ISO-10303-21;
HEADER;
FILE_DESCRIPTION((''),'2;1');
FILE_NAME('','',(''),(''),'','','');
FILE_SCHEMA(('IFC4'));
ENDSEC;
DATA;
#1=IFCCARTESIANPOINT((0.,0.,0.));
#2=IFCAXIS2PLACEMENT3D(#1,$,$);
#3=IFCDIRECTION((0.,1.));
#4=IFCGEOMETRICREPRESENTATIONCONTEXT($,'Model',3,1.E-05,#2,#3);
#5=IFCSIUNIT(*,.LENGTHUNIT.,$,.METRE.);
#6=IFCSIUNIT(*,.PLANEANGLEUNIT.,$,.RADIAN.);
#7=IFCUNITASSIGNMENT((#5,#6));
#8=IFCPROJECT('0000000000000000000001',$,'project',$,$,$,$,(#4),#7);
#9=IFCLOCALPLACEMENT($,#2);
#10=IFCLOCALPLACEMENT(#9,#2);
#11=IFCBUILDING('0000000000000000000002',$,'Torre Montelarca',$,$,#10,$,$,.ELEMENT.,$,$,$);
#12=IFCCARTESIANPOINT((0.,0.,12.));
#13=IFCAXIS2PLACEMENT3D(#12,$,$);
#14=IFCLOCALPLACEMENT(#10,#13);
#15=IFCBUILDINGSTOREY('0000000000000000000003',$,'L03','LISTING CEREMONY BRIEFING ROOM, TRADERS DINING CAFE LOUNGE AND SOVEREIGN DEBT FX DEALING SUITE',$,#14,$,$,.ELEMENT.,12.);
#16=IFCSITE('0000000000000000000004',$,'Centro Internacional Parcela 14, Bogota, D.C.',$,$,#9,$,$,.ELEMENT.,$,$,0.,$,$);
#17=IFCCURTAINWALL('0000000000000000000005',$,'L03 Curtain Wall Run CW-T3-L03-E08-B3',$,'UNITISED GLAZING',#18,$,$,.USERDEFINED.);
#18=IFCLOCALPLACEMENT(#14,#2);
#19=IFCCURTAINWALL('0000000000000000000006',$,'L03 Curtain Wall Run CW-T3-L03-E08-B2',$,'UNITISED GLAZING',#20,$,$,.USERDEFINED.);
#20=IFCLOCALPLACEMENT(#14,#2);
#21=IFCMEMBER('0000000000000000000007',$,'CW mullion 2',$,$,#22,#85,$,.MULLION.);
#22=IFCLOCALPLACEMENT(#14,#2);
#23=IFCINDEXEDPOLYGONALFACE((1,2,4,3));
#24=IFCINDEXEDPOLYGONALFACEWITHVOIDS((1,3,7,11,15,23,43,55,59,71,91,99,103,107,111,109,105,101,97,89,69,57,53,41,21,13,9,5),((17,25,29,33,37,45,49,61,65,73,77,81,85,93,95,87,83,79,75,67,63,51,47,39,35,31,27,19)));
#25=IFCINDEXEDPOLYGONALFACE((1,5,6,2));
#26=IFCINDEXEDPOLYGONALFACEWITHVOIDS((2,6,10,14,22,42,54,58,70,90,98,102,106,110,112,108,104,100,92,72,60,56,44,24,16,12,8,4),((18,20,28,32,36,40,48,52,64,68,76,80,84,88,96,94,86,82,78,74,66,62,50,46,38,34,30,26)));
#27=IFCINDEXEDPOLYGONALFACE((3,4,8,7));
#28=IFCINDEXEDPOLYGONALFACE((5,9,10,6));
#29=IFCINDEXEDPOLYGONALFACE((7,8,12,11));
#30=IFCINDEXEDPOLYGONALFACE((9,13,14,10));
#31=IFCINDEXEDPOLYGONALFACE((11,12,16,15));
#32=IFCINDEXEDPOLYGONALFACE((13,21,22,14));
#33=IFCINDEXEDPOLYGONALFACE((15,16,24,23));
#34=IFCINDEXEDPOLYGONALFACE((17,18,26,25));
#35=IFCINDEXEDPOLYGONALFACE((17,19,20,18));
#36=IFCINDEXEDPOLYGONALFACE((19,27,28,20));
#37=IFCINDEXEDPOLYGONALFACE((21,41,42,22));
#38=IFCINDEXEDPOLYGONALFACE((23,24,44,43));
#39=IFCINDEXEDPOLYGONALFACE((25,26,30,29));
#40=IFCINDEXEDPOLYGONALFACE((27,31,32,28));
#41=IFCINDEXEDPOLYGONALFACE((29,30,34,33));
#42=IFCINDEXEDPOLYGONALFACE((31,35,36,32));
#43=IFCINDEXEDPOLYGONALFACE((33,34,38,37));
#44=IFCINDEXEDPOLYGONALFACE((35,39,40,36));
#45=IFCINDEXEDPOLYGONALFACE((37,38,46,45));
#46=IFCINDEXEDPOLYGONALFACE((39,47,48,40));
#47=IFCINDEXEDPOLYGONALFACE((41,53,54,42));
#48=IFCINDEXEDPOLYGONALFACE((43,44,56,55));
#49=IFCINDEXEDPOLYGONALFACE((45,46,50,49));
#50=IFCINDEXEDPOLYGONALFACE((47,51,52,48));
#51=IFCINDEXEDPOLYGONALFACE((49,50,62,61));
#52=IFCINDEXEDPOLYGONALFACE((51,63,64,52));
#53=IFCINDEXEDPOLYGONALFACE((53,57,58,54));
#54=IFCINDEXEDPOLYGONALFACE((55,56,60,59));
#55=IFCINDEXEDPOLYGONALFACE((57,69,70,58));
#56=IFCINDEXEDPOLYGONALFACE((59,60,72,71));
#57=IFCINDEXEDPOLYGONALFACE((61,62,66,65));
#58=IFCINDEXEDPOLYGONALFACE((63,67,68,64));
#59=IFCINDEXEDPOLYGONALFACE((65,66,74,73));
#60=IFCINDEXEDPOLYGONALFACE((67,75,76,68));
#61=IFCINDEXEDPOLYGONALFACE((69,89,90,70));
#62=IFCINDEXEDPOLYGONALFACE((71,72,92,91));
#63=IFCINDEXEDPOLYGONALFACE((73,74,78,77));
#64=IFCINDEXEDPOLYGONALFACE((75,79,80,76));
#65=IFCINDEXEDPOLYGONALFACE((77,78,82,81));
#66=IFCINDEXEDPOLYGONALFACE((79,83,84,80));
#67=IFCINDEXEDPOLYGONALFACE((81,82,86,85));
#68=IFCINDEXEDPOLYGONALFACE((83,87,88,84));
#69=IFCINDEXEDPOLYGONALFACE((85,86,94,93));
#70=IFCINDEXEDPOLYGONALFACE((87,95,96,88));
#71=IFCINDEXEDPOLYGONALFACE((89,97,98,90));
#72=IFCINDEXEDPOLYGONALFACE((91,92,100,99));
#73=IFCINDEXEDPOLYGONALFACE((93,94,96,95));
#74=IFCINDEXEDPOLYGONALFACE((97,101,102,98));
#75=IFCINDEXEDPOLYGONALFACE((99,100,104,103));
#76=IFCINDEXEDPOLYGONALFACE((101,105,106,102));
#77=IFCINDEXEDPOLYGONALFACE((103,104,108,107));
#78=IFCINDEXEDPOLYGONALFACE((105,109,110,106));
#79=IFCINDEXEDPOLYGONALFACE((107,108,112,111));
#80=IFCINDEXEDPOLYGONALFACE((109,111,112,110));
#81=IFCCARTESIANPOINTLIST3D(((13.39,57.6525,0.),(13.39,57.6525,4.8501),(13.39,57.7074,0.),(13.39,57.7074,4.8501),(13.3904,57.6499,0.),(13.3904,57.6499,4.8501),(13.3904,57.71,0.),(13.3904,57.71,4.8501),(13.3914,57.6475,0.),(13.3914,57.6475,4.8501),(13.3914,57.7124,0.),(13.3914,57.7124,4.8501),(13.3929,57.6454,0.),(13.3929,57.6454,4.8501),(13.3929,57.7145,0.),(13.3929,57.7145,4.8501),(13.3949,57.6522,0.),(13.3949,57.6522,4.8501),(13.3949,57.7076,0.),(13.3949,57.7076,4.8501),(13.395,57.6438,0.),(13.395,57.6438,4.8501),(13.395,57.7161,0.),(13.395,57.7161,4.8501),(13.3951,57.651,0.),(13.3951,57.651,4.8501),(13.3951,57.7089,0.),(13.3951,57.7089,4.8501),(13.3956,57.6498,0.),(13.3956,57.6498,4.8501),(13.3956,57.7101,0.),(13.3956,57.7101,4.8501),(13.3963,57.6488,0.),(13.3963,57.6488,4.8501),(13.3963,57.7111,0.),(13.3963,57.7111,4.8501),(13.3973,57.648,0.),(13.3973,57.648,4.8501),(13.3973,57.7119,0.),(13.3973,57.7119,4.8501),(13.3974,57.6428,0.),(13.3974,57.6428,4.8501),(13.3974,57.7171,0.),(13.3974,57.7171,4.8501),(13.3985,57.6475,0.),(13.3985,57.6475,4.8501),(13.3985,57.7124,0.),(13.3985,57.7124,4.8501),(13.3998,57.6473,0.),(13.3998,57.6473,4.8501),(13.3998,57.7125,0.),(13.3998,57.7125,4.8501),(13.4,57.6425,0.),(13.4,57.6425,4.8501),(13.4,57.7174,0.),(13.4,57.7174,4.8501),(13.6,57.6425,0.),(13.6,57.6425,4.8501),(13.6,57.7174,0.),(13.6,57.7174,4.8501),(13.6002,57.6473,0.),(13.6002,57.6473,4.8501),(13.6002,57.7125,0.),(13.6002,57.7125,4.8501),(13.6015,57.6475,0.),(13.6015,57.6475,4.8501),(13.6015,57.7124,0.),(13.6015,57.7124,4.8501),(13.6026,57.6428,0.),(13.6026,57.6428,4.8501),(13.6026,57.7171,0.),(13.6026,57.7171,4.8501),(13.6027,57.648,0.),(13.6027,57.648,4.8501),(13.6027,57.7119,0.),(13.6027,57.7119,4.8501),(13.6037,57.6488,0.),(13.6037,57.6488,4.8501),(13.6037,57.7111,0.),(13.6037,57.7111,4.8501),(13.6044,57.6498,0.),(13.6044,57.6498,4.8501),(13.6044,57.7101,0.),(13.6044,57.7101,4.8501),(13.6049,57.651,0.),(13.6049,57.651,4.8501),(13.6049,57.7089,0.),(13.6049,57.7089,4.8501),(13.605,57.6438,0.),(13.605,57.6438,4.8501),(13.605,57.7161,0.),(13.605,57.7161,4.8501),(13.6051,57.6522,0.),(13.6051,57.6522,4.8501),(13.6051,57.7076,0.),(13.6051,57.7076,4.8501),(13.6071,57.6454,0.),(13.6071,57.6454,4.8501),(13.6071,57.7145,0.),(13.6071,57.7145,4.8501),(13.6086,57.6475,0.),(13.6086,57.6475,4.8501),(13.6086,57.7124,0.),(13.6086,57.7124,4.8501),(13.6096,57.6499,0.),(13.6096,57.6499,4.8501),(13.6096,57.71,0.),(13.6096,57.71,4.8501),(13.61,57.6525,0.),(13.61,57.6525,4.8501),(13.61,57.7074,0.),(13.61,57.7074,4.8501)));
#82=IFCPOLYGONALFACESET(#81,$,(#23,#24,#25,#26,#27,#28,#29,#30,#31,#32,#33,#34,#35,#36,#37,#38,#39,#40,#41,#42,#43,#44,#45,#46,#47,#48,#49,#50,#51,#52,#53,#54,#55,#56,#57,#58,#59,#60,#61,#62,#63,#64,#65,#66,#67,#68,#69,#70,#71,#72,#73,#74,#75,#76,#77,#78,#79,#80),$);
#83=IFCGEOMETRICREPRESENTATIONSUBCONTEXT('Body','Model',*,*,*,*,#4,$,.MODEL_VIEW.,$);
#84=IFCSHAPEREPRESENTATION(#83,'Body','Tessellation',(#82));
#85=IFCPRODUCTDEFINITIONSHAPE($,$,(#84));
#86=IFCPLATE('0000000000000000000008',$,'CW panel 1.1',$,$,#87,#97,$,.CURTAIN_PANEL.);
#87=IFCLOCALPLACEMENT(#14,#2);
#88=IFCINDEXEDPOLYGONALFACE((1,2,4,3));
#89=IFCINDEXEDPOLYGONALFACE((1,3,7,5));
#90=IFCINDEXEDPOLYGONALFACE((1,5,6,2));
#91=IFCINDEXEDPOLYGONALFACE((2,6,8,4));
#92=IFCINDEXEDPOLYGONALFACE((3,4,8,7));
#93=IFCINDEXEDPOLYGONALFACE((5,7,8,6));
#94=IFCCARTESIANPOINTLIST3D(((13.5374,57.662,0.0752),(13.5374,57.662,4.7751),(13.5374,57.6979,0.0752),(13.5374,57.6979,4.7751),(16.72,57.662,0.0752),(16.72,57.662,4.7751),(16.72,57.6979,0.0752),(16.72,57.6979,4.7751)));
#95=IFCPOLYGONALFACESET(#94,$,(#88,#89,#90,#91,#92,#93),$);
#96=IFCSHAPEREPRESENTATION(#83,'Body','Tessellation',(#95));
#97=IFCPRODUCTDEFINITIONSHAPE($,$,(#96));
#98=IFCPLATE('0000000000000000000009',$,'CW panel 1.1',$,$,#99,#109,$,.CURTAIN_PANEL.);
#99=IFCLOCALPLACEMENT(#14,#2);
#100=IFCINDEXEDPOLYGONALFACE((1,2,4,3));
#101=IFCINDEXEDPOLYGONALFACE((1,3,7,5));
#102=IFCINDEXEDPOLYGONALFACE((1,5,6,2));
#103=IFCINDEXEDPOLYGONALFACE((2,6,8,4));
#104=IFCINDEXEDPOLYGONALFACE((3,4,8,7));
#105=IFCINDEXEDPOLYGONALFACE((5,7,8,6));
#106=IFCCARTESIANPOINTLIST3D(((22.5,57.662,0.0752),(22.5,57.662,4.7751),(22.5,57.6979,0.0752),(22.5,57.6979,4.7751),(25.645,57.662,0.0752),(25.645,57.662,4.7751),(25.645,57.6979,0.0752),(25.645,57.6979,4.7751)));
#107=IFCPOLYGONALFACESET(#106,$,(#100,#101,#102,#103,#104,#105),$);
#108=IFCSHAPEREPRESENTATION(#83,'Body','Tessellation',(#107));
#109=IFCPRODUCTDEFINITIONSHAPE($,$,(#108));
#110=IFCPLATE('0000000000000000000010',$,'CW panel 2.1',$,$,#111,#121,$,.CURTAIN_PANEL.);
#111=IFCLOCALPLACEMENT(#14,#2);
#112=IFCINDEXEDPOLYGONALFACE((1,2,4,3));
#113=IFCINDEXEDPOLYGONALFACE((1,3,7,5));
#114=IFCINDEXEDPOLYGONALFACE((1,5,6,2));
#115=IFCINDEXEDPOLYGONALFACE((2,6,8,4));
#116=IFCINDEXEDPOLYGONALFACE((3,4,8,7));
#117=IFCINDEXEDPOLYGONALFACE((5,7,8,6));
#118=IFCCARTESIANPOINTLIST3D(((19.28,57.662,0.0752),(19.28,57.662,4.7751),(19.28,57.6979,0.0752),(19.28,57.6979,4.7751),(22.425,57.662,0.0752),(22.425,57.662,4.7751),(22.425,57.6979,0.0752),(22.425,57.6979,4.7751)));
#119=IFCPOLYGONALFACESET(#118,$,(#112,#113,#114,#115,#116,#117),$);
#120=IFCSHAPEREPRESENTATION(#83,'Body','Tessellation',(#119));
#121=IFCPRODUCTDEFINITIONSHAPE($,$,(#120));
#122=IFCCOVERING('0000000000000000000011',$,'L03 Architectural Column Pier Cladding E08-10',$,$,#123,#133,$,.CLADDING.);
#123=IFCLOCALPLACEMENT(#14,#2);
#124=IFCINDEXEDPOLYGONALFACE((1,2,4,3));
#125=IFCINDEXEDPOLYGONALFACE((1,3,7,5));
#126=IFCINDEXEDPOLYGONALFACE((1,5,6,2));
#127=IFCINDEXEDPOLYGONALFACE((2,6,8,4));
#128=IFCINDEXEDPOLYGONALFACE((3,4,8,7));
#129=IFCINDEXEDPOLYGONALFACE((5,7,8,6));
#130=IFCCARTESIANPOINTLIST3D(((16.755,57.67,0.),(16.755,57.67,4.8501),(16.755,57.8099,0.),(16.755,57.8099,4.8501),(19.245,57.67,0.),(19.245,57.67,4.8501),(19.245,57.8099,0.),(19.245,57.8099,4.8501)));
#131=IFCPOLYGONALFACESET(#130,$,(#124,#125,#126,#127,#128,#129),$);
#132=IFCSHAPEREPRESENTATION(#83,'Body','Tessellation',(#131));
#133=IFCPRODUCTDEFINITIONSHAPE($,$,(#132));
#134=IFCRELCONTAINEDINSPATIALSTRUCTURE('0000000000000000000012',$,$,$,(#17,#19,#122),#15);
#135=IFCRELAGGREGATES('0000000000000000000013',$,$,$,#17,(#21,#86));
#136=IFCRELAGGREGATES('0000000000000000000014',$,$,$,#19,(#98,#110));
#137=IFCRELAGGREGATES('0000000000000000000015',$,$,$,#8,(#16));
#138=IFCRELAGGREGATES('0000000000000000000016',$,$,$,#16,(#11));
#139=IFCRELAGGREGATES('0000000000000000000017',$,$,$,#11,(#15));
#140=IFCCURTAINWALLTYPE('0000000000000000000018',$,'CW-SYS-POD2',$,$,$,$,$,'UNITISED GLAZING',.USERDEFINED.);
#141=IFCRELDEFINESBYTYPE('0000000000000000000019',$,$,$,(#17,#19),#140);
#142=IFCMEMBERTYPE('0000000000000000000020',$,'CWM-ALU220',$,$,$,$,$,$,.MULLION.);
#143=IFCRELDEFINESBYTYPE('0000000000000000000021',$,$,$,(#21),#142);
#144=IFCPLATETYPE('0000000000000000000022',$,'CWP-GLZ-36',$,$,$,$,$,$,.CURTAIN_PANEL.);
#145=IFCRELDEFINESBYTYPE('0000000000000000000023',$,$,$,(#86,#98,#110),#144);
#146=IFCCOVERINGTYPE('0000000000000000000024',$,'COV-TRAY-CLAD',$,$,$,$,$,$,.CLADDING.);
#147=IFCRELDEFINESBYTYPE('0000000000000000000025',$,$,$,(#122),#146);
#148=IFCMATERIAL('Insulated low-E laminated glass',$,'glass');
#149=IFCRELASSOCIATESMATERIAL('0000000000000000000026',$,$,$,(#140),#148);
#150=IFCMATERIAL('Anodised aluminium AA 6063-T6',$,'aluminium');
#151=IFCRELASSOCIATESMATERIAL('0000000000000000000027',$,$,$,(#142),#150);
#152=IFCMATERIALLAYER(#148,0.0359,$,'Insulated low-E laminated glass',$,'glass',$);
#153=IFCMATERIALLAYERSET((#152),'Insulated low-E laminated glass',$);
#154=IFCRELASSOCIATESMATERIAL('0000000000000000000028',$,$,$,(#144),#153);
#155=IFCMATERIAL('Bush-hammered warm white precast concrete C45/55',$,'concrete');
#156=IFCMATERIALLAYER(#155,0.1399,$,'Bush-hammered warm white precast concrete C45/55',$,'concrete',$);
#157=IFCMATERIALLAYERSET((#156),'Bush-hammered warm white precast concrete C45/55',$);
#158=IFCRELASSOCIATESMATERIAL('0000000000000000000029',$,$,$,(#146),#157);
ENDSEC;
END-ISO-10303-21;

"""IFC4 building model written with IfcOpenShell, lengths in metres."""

from ifc_helpers import new_model, si_unit, direction, frame, origin, origin_2d, place, context, subcontext, project, spatial, rectangle, hollow_rectangle, extrude, source, transform, mapped, material, layer, layer_set, material_profile, profile_set, type_object, element, aggregate, save


model = new_model("IFC4")

# Units and contexts
model_context = context("Model", 3, precision=1e-05, world=origin(), true_north=direction((0.0, 1.0)))
body_context = subcontext(model_context, "Body", "Model", "MODEL_VIEW")
ifc_project = project(units=[si_unit("LENGTHUNIT", "METRE"), si_unit("PLANEANGLEUNIT", "RADIAN")], contexts=[model_context])

# Site, building, storey
site_placement = place(None, origin())
site = spatial("IfcSite", under=ifc_project, at=site_placement, Name="Centro Internacional Parcela 14, Bogota, D.C.", CompositionType="ELEMENT", RefElevation=0.0)
building_placement = place(site_placement, origin())
building = spatial("IfcBuilding", under=site, at=building_placement, Name="Torre Montelarca", CompositionType="ELEMENT")
storey_placement = place(building_placement, frame((0.0, 0.0, 12.0)))
storey = spatial("IfcBuildingStorey", under=building, at=storey_placement, Name="L03", Description="LISTING CEREMONY BRIEFING ROOM, TRADERS DINING CAFE LOUNGE AND SOVEREIGN DEBT FX DEALING SUITE", CompositionType="ELEMENT", Elevation=12.0)

# Curtain walls
ifc_material_1 = material(Name="Insulated low-E laminated glass", Category="glass")
curtain_wall_type = type_object("IfcCurtainWallType", Name="CW-SYS-POD2", ElementType="UNITISED GLAZING", PredefinedType="USERDEFINED", material=ifc_material_1)
curtain_wall_1_placement = place(storey_placement, origin())
curtain_wall_1 = element("IfcCurtainWall", 1, at=curtain_wall_1_placement, inside=storey, type_object=curtain_wall_type, Name="L03 Curtain Wall Run CW-T3-L03-E08-B3", ObjectType="UNITISED GLAZING", PredefinedType="USERDEFINED")
ifc_material_2 = material(Name="Anodised aluminium AA 6063-T6", Category="aluminium")
curtain_wall_2_placement = place(storey_placement, origin())
curtain_wall_2 = element("IfcCurtainWall", 2, at=curtain_wall_2_placement, inside=storey, type_object=curtain_wall_type, Name="L03 Curtain Wall Run CW-T3-L03-E08-B2", ObjectType="UNITISED GLAZING", PredefinedType="USERDEFINED")
ifc_material_profile_1 = material_profile(ifc_material_2, hollow_rectangle(XDim=0.075, YDim=0.22, WallThickness=0.0049, InnerFilletRadius=0.0049, OuterFilletRadius=0.01, at=origin_2d()), Name="ALU75X220X5", Category="aluminium")
ifc_profile_set_1 = profile_set([ifc_material_profile_1], Name="Anodised aluminium AA 6063-T6")
member_type_1 = type_object("IfcMemberType", Name="CWM-ALU220", PredefinedType="MULLION", material=ifc_profile_set_1)
shared_shape_1 = source(origin(), body_context, "Body", "SweptSolid", [
    extrude(hollow_rectangle(XDim=0.075, YDim=0.22, WallThickness=0.0049, InnerFilletRadius=0.0049, OuterFilletRadius=0.01, at=origin_2d()), origin(), (0.0, 0.0, 1.0), 4.8501),
])

# Member
member_1_placement = place(storey_placement, frame((13.5, 57.6799, 0.0), z_axis=(0.0, 0.0, 1.0), x_axis=(0.0, -1.0, 0.0)))
member_1 = element("IfcMember", 3, at=member_1_placement, type_object=member_type_1, Name="CW mullion 2", PredefinedType="MULLION", context=body_context, shape_type="MappedRepresentation", body=[
    mapped(shared_shape_1, transform((0.0, 0.0, 0.0), scale=1.0)),
])

# Plates
ifc_layer_1 = layer(ifc_material_1, 0.0359, Name="Insulated low-E laminated glass", Category="glass")
ifc_layer_set_1 = layer_set([ifc_layer_1], Name="Insulated low-E laminated glass")
plate_type = type_object("IfcPlateType", Name="CWP-GLZ-36", PredefinedType="CURTAIN_PANEL", material=ifc_layer_set_1)
shared_shape_2 = source(origin(), body_context, "Body", "SweptSolid", [
    extrude(rectangle(XDim=3.1826, YDim=0.0359, at=origin_2d()), origin(), (0.0, 0.0, 1.0), 4.7),
])
plate_1_placement = place(storey_placement, frame((15.1287, 57.6799, 0.0752), z_axis=(0.0, 0.0, 1.0), x_axis=(-1.0, 0.0, 0.0)))
plate_1 = element("IfcPlate", 4, at=plate_1_placement, type_object=plate_type, Name="CW panel 1.1", PredefinedType="CURTAIN_PANEL", context=body_context, shape_type="MappedRepresentation", body=[
    mapped(shared_shape_2, transform((0.0, 0.0, 0.0), scale=1.0)),
])
aggregate(curtain_wall_1, [member_1, plate_1])
shared_shape_3 = source(origin(), body_context, "Body", "SweptSolid", [
    extrude(rectangle(XDim=3.145, YDim=0.0359, at=origin_2d()), origin(), (0.0, 0.0, 1.0), 4.7),
])
plate_2_placement = place(storey_placement, frame((24.0725, 57.6799, 0.0752), z_axis=(0.0, 0.0, 1.0), x_axis=(-1.0, 0.0, 0.0)))
plate_2 = element("IfcPlate", 5, at=plate_2_placement, type_object=plate_type, Name="CW panel 1.1", PredefinedType="CURTAIN_PANEL", context=body_context, shape_type="MappedRepresentation", body=[
    mapped(shared_shape_3, transform((0.0, 0.0, 0.0), scale=1.0)),
])
plate_3_placement = place(storey_placement, frame((20.8525, 57.6799, 0.0752), z_axis=(0.0, 0.0, 1.0), x_axis=(-1.0, 0.0, 0.0)))
plate_3 = element("IfcPlate", 6, at=plate_3_placement, type_object=plate_type, Name="CW panel 2.1", PredefinedType="CURTAIN_PANEL", context=body_context, shape_type="MappedRepresentation", body=[
    mapped(shared_shape_3, transform((0.0, 0.0, 0.0), scale=1.0)),
])
aggregate(curtain_wall_2, [plate_2, plate_3])

# Covering
ifc_material_3 = material(Name="Bush-hammered warm white precast concrete C45/55", Category="concrete")
ifc_layer_2 = layer(ifc_material_3, 0.1399, Name="Bush-hammered warm white precast concrete C45/55", Category="concrete")
ifc_layer_set_2 = layer_set([ifc_layer_2], Name="Bush-hammered warm white precast concrete C45/55")
covering_type = type_object("IfcCoveringType", Name="COV-TRAY-CLAD", PredefinedType="CLADDING", material=ifc_layer_set_2)
shared_shape_4 = source(origin(), body_context, "Body", "SweptSolid", [
    extrude(rectangle(XDim=2.49, YDim=0.1399, at=origin_2d()), origin(), (0.0, 0.0, 1.0), 4.8501),
])
covering_placement = place(storey_placement, frame((18.0, 57.74, 0.0), z_axis=(0.0, 0.0, 1.0), x_axis=(-1.0, 0.0, 0.0)))
element("IfcCovering", 7, at=covering_placement, inside=storey, type_object=covering_type, Name="L03 Architectural Column Pier Cladding E08-10", PredefinedType="CLADDING", context=body_context, shape_type="MappedRepresentation", body=[
    mapped(shared_shape_4, transform((0.0, 0.0, 0.0), scale=1.0)),
])

save(model, "model.ifc")
